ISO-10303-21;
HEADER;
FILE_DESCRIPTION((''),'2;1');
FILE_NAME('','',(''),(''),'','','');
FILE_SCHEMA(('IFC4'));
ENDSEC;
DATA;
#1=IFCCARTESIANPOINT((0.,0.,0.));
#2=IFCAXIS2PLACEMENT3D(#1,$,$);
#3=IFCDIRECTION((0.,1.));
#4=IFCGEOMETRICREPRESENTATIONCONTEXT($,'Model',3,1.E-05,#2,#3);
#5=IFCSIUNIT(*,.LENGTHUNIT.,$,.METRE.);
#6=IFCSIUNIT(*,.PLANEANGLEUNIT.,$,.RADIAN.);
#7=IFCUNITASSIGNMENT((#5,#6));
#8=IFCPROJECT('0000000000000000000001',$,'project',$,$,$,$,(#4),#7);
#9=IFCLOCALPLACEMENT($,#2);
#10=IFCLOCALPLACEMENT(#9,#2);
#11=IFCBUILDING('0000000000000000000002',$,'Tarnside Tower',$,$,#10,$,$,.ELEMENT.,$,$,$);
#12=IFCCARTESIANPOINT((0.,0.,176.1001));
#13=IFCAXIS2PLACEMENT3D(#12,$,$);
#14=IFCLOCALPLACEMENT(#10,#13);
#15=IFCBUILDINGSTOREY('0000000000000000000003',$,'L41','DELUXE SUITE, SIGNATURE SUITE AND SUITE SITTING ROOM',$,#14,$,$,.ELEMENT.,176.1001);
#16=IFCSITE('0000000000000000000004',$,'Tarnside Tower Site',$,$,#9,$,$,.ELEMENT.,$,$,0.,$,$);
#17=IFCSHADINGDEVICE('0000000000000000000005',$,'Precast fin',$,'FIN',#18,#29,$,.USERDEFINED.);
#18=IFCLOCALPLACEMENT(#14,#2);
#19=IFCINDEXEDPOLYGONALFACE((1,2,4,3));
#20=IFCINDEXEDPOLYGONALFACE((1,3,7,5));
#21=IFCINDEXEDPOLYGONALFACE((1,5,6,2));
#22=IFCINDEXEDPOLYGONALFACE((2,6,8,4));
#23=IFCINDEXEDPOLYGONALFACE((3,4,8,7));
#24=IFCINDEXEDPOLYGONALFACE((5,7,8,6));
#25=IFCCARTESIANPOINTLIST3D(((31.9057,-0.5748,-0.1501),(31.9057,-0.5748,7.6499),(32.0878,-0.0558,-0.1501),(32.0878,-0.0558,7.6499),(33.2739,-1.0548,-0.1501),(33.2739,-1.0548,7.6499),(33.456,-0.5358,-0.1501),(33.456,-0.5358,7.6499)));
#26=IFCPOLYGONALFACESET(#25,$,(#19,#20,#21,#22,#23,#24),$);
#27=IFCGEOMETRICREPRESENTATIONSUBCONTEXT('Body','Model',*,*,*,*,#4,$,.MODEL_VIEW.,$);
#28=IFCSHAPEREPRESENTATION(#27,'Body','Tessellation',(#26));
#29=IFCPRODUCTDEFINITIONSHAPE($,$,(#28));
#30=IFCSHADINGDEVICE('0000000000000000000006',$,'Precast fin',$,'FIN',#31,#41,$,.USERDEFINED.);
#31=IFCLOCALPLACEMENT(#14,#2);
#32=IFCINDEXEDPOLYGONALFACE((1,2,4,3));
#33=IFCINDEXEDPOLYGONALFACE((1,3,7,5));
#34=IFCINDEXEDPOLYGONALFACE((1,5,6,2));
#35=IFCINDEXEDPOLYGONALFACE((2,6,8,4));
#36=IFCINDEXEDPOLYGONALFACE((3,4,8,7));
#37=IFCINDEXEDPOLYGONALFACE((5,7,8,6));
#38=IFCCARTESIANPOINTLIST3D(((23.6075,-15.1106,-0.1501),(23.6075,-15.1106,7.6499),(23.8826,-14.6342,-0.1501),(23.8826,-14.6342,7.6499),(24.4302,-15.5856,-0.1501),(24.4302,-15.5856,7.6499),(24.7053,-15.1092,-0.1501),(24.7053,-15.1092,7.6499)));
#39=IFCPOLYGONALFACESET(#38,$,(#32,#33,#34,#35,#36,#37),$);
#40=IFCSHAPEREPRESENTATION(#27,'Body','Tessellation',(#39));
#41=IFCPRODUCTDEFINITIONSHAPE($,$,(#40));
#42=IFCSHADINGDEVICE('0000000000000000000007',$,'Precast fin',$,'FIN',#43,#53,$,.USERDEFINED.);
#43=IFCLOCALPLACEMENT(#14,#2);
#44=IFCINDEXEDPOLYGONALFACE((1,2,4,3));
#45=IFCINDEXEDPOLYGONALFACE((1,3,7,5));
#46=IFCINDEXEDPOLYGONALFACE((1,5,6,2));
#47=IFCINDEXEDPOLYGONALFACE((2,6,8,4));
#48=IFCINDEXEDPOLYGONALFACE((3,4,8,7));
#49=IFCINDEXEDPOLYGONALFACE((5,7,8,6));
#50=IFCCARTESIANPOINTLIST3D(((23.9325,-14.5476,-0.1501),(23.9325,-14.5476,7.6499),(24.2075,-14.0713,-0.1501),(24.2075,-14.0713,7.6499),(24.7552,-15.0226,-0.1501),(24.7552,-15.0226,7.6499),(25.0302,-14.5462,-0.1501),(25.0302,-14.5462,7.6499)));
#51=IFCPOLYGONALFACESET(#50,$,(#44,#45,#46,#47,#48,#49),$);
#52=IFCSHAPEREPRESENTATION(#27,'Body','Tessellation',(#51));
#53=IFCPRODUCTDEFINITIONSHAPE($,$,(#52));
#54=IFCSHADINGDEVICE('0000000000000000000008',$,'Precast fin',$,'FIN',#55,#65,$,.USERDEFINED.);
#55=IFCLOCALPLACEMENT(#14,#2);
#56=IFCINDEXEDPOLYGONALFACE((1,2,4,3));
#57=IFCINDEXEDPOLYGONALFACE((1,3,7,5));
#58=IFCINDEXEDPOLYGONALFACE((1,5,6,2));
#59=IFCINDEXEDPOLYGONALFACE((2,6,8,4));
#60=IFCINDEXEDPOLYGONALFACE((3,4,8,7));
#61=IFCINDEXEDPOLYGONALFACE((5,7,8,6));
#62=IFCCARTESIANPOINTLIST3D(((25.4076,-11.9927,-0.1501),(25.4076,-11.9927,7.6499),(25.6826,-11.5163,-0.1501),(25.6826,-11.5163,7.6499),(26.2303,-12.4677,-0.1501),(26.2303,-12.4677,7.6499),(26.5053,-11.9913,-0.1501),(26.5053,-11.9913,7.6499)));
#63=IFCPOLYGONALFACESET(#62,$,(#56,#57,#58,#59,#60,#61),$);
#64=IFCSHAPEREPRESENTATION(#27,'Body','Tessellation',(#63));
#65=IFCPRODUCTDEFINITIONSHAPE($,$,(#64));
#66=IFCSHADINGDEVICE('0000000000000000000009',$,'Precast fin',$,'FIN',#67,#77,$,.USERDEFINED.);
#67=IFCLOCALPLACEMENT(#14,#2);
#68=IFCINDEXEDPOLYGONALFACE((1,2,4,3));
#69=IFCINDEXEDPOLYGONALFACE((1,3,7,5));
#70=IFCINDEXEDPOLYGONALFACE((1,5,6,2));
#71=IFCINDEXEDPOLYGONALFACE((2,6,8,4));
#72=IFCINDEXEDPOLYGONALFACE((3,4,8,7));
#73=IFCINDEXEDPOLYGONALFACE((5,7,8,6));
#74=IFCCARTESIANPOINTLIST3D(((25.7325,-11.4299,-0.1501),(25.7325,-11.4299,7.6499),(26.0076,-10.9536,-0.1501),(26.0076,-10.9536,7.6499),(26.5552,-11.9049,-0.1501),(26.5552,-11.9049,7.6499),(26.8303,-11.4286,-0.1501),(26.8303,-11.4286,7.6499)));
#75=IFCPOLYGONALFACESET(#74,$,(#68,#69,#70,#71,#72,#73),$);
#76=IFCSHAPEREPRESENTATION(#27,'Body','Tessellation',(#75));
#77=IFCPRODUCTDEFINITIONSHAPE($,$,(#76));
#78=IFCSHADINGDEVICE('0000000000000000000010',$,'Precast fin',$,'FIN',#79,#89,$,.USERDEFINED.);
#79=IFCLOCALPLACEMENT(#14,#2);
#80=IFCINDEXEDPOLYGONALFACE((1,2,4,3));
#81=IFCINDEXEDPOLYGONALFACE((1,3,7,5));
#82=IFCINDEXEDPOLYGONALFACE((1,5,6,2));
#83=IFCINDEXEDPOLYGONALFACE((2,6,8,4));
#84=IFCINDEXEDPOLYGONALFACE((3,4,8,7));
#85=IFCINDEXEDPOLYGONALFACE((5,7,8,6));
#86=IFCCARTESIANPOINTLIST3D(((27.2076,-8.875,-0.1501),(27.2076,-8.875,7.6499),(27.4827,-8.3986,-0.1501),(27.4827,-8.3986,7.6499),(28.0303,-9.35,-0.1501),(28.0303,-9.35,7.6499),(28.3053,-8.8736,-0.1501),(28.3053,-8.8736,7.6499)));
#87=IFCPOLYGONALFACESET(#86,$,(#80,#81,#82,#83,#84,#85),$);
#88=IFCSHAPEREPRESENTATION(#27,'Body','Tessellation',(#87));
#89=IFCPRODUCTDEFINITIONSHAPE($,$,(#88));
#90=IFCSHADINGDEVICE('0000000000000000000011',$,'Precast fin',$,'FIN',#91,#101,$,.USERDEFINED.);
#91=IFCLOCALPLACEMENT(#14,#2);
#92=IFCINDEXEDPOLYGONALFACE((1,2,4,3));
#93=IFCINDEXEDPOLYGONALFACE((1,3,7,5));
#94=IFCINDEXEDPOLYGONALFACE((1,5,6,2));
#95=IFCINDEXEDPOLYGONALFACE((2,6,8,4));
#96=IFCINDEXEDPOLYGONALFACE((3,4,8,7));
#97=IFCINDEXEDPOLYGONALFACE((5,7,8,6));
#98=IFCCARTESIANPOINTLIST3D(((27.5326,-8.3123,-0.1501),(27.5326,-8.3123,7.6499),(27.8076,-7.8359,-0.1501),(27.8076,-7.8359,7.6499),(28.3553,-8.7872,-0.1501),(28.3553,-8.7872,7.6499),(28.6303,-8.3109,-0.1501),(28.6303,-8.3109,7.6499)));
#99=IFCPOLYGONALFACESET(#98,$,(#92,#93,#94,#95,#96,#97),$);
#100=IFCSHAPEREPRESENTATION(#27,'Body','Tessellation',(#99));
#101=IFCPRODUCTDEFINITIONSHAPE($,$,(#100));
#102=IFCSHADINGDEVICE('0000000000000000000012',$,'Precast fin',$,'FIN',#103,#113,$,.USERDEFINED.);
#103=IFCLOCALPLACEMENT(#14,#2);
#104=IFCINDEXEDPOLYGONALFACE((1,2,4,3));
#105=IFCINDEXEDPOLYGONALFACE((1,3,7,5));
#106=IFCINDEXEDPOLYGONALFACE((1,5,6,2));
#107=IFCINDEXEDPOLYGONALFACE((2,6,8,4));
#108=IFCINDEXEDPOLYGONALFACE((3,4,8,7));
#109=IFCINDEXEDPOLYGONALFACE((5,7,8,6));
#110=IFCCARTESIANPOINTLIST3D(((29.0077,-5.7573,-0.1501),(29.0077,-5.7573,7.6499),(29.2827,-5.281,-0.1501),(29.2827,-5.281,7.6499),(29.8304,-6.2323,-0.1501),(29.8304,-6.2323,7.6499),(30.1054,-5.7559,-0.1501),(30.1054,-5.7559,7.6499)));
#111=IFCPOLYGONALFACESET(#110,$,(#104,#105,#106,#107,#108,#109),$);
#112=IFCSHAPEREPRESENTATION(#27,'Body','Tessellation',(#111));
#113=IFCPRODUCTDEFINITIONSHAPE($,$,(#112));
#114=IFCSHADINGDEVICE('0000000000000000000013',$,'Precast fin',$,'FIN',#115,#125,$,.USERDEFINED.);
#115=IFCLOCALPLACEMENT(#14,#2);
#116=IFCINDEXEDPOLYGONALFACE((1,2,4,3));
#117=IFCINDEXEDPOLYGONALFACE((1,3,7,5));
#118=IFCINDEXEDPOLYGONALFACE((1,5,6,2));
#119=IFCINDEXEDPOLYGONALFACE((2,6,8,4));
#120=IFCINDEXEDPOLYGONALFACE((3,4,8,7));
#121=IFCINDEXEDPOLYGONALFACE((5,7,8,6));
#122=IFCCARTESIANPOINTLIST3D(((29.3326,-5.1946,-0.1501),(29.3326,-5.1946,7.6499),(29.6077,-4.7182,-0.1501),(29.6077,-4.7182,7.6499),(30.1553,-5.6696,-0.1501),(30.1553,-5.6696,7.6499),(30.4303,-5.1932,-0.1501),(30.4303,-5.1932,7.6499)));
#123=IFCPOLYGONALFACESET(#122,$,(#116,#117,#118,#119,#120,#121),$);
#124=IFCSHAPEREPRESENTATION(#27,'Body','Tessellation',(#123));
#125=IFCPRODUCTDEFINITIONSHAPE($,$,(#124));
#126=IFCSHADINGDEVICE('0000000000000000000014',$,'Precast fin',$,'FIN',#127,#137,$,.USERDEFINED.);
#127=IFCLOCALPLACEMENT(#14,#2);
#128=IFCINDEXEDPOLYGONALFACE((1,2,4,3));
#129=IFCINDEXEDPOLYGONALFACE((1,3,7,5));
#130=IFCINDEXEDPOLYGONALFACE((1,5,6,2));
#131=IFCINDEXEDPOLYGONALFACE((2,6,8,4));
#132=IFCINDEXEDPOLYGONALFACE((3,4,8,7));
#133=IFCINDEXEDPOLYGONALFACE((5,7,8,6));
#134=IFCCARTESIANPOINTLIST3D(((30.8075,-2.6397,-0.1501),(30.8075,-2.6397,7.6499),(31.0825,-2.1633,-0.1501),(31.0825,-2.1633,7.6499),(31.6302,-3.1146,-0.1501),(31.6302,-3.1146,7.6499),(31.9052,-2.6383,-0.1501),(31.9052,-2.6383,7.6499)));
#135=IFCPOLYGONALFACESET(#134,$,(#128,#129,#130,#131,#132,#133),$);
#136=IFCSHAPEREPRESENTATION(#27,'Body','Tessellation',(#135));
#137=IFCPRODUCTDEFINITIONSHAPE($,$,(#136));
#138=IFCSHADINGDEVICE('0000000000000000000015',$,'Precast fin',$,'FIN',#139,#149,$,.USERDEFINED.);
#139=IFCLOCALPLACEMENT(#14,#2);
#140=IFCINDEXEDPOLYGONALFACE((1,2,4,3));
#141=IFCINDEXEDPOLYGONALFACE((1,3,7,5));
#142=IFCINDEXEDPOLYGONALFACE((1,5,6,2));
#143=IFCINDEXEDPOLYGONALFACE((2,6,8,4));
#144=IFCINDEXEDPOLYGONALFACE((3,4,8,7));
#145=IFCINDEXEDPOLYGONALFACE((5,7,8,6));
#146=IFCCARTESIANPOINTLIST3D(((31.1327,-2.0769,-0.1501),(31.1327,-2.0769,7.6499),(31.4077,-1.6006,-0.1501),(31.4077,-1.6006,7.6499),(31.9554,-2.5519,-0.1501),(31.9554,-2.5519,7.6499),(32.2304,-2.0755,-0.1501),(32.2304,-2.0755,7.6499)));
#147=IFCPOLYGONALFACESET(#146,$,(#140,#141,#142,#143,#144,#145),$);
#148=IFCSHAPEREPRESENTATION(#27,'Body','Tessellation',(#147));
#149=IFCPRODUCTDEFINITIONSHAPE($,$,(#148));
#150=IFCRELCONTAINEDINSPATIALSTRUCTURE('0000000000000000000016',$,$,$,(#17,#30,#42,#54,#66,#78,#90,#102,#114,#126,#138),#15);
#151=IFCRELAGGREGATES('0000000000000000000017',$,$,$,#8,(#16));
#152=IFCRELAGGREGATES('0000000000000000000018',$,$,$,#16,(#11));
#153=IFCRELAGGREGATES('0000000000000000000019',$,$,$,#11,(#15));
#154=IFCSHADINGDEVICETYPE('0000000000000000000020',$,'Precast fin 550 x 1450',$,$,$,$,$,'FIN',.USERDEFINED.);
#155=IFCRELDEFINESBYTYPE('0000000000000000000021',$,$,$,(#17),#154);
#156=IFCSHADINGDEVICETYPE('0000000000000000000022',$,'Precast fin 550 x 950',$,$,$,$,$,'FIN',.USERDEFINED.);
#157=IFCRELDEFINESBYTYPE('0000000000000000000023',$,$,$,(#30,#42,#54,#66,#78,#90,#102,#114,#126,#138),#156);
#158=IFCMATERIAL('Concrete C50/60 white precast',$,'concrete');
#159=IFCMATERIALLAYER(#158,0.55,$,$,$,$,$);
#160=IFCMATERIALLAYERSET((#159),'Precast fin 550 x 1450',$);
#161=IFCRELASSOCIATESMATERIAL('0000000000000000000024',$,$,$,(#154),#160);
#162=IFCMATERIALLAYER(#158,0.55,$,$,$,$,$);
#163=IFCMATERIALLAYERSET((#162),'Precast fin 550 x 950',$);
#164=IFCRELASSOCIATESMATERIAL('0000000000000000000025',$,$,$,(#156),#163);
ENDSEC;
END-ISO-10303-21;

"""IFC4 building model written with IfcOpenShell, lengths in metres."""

from ifc_helpers import new_model, si_unit, direction, frame, origin, place, context, subcontext, project, spatial, polyline, outline, extrude, material, layer, layer_set, type_object, element, save


model = new_model("IFC4")

# Units and contexts
model_context = context("Model", 3, precision=1e-05, world=origin(), true_north=direction((0.0, 1.0)))
body_context = subcontext(model_context, "Body", "Model", "MODEL_VIEW")
ifc_project = project(units=[si_unit("LENGTHUNIT", "METRE"), si_unit("PLANEANGLEUNIT", "RADIAN")], contexts=[model_context])

# Site, building, storey
site_placement = place(None, origin())
site = spatial("IfcSite", under=ifc_project, at=site_placement, Name="Tarnside Tower Site", CompositionType="ELEMENT", RefElevation=0.0)
building_placement = place(site_placement, origin())
building = spatial("IfcBuilding", under=site, at=building_placement, Name="Tarnside Tower", CompositionType="ELEMENT")
storey_placement = place(building_placement, frame((0.0, 0.0, 176.1001)))
storey = spatial("IfcBuildingStorey", under=building, at=storey_placement, Name="L41", Description="DELUXE SUITE, SIGNATURE SUITE AND SUITE SITTING ROOM", CompositionType="ELEMENT", Elevation=176.1001)

# Shading devices
ifc_material_1 = material(Name="Concrete C50/60 white precast", Category="concrete")
ifc_layer_1 = layer(ifc_material_1, 0.55)
ifc_layer_set_1 = layer_set([ifc_layer_1], Name="Precast fin 550 x 1450")
shading_device_type_1 = type_object("IfcShadingDeviceType", Name="Precast fin 550 x 1450", ElementType="FIN", PredefinedType="USERDEFINED", material=ifc_layer_set_1)
shading_device_placement = place(storey_placement, frame((31.9968, -0.3152, -0.1501), z_axis=(-0.331063, -0.943609, 0.0), x_axis=(0.943609, -0.331063, 0.0)))
element("IfcShadingDevice", 1, at=shading_device_placement, inside=storey, type_object=shading_device_type_1, Name="Precast fin", ObjectType="FIN", PredefinedType="USERDEFINED", context=body_context, shape_type="SweptSolid", body=[
    extrude(outline(polyline([(0.0, 0.0), (1.45, 0.0), (1.45, 7.8), (0.0, 7.8), (0.0, 0.0)])), frame((0.0, 0.0, -0.2749)), (0.0, 0.0, 1.0), 0.55),
])
ifc_layer_2 = layer(ifc_material_1, 0.55)
ifc_layer_set_2 = layer_set([ifc_layer_2], Name="Precast fin 550 x 950")
shading_device_type_2 = type_object("IfcShadingDeviceType", Name="Precast fin 550 x 950", ElementType="FIN", PredefinedType="USERDEFINED", material=ifc_layer_set_2)
for number, where, z_axis, x_axis, name in (
    (2, (23.7451, -14.8723, -0.1501), (-0.5, -0.866025, 0.0), (0.866025, -0.5, 0.0), "Precast fin"),
    (3, (24.0701, -14.3093, -0.1501), (-0.5, -0.866025, 0.0), (0.866025, -0.5, 0.0), "Precast fin"),
    (4, (25.5452, -11.7544, -0.1501), (-0.5, -0.866025, 0.0), (0.866025, -0.5, 0.0), "Precast fin"),
    (5, (25.8701, -11.1917, -0.1501), (-0.5, -0.866025, 0.0), (0.866025, -0.5, 0.0), "Precast fin"),
    (6, (27.3452, -8.6367, -0.1501), (-0.5, -0.866025, 0.0), (0.866025, -0.5, 0.0), "Precast fin"),
    (7, (27.6702, -8.074, -0.1501), (-0.5, -0.866025, 0.0), (0.866025, -0.5, 0.0), "Precast fin"),
    (8, (29.1453, -5.519, -0.1501), (-0.5, -0.866025, 0.0), (0.866025, -0.5, 0.0), "Precast fin"),
    (9, (29.4702, -4.9563, -0.1501), (-0.5, -0.866025, 0.0), (0.866025, -0.5, 0.0), "Precast fin"),
    (10, (30.9451, -2.4014, -0.1501), (-0.5, -0.866025, 0.0), (0.866025, -0.5, 0.0), "Precast fin"),
    (11, (31.2703, -1.8386, -0.1501), (-0.5, -0.866025, 0.0), (0.866025, -0.5, 0.0), "Precast fin"),
):
    element("IfcShadingDevice", number, at=place(storey_placement, frame(where, z_axis=z_axis, x_axis=x_axis)), inside=storey, type_object=shading_device_type_2, Name=name, ObjectType="FIN", PredefinedType="USERDEFINED", context=body_context, shape_type="SweptSolid", body=[
        extrude(outline(polyline([(0.0, 0.0), (0.95, 0.0), (0.95, 7.8), (0.0, 7.8), (0.0, 0.0)])), frame((0.0, 0.0, -0.2749)), (0.0, 0.0, 1.0), 0.55),
    ])

save(model, "model.ifc")
